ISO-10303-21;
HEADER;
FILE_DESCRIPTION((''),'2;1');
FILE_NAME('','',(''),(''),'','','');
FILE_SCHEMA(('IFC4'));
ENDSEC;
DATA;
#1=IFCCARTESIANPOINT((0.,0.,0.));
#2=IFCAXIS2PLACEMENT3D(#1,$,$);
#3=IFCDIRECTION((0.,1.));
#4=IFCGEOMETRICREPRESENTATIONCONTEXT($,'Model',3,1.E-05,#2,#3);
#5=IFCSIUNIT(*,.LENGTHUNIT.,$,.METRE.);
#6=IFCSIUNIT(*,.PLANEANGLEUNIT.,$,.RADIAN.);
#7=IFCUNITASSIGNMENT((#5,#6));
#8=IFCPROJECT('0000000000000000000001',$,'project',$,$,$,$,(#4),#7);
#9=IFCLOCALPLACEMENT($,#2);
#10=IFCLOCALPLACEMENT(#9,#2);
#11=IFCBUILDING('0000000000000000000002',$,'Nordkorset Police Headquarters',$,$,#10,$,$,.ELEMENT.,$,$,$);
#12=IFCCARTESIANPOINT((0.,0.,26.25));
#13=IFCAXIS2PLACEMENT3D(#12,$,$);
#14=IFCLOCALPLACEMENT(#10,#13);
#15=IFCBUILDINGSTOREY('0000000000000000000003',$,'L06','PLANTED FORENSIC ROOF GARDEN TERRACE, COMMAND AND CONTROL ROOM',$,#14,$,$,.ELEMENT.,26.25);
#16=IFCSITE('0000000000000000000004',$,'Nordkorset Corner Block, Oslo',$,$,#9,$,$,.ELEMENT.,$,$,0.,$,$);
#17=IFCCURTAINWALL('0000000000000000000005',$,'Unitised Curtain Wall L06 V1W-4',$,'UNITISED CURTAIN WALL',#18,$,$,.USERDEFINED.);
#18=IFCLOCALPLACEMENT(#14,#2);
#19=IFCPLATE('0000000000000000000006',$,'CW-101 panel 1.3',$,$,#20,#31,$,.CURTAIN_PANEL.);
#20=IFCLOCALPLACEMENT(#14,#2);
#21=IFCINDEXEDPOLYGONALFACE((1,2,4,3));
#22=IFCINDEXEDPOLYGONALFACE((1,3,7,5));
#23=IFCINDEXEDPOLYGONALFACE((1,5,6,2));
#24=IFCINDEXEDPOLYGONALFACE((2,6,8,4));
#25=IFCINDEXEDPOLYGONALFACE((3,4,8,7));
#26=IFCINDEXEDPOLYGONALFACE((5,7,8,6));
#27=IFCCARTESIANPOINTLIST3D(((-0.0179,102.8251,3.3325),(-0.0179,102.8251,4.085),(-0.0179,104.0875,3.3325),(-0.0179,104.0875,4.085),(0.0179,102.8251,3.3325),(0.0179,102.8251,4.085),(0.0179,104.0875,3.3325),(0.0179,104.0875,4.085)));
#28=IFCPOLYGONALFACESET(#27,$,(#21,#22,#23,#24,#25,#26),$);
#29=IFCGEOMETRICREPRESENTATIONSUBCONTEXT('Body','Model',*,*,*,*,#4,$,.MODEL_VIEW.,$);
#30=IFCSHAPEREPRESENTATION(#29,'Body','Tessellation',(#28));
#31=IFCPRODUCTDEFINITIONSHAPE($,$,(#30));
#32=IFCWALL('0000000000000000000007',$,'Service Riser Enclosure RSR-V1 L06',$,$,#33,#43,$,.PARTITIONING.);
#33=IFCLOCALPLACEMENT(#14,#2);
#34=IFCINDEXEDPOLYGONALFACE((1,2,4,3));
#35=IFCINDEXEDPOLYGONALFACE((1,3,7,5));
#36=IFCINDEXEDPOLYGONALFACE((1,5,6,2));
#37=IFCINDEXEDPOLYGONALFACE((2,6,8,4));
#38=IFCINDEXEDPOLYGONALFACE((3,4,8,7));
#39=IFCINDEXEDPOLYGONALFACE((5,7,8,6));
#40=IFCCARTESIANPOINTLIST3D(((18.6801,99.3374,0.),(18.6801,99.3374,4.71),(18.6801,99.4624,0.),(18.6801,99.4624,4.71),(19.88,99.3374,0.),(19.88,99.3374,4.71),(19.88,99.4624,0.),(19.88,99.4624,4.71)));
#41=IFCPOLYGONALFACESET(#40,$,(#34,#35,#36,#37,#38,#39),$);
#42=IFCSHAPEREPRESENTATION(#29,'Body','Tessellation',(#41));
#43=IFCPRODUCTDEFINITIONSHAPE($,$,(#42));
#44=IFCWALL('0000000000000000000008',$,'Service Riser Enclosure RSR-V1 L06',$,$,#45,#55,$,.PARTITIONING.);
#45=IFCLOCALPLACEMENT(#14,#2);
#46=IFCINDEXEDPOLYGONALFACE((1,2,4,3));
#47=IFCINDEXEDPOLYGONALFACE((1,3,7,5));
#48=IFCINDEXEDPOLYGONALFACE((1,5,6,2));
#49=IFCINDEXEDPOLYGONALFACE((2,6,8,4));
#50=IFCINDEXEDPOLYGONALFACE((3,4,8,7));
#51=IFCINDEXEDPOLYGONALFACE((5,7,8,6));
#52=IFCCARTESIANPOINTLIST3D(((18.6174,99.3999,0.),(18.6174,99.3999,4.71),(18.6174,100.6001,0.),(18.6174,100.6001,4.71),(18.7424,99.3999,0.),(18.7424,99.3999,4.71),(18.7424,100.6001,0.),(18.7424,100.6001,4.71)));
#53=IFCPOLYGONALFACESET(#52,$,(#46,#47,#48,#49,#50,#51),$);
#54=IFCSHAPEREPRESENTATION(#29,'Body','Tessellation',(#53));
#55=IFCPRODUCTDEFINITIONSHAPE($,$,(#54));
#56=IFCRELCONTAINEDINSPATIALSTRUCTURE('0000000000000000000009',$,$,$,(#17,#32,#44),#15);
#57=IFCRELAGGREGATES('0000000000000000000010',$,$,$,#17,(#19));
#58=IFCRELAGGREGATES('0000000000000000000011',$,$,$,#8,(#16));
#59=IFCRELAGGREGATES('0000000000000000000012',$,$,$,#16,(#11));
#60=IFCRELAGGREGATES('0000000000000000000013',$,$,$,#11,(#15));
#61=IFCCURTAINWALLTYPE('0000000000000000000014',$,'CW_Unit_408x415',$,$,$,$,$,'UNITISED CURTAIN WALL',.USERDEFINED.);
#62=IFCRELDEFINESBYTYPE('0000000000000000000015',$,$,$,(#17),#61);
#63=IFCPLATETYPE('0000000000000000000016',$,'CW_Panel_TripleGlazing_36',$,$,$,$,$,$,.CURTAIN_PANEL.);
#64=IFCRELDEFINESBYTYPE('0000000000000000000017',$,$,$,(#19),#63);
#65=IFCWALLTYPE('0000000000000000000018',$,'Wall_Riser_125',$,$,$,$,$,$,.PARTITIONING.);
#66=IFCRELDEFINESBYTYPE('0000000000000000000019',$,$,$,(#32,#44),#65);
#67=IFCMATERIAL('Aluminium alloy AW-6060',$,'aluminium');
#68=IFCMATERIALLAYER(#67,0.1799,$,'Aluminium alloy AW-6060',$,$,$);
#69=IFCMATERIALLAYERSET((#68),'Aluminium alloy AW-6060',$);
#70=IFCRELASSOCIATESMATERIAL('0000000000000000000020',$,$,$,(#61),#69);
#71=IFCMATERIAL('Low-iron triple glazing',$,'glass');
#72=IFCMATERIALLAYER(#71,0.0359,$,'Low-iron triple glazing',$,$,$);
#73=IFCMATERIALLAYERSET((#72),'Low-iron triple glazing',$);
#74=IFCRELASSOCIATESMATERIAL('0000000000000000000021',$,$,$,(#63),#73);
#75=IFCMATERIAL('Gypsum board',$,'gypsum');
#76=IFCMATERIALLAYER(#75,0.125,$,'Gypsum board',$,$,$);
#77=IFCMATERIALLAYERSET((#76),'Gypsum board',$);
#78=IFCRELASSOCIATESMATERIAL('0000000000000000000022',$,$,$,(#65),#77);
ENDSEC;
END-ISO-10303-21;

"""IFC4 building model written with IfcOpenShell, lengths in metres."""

from ifc_helpers import new_model, si_unit, direction, frame, frame_2d, origin, origin_2d, place, context, subcontext, project, spatial, rectangle, extrude, material, layer, layer_set, type_object, element, aggregate, save


model = new_model("IFC4")

# Units and contexts
model_context = context("Model", 3, precision=1e-05, world=origin(), true_north=direction((0.0, 1.0)))
body_context = subcontext(model_context, "Body", "Model", "MODEL_VIEW")
ifc_project = project(units=[si_unit("LENGTHUNIT", "METRE"), si_unit("PLANEANGLEUNIT", "RADIAN")], contexts=[model_context])

# Site, building, storey
site_placement = place(None, origin())
site = spatial("IfcSite", under=ifc_project, at=site_placement, Name="Nordkorset Corner Block, Oslo", CompositionType="ELEMENT", RefElevation=0.0)
building_placement = place(site_placement, origin())
building = spatial("IfcBuilding", under=site, at=building_placement, Name="Nordkorset Police Headquarters", CompositionType="ELEMENT")
storey_placement = place(building_placement, frame((0.0, 0.0, 26.25)))
storey = spatial("IfcBuildingStorey", under=building, at=storey_placement, Name="L06", Description="PLANTED FORENSIC ROOF GARDEN TERRACE, COMMAND AND CONTROL ROOM", CompositionType="ELEMENT", Elevation=26.25)

# Curtain wall
ifc_material_1 = material(Name="Aluminium alloy AW-6060", Category="aluminium")
ifc_layer_1 = layer(ifc_material_1, 0.1799, Name="Aluminium alloy AW-6060")
ifc_layer_set_1 = layer_set([ifc_layer_1], Name="Aluminium alloy AW-6060")
curtain_wall_type = type_object("IfcCurtainWallType", Name="CW_Unit_408x415", ElementType="UNITISED CURTAIN WALL", PredefinedType="USERDEFINED", material=ifc_layer_set_1)
curtain_wall_1_placement = place(storey_placement, origin())
curtain_wall_1 = element("IfcCurtainWall", 1, at=curtain_wall_1_placement, inside=storey, type_object=curtain_wall_type, Name="Unitised Curtain Wall L06 V1W-4", ObjectType="UNITISED CURTAIN WALL", PredefinedType="USERDEFINED")

# Plate
ifc_material_2 = material(Name="Low-iron triple glazing", Category="glass")
ifc_layer_2 = layer(ifc_material_2, 0.0359, Name="Low-iron triple glazing")
ifc_layer_set_2 = layer_set([ifc_layer_2], Name="Low-iron triple glazing")
plate_type = type_object("IfcPlateType", Name="CW_Panel_TripleGlazing_36", PredefinedType="CURTAIN_PANEL", material=ifc_layer_set_2)
plate_1_placement = place(storey_placement, frame((0.0, 103.4563, 3.3325), z_axis=(0.0, 0.0, 1.0), x_axis=(0.0, 1.0, 0.0)))
plate_1 = element("IfcPlate", 2, at=plate_1_placement, type_object=plate_type, Name="CW-101 panel 1.3", PredefinedType="CURTAIN_PANEL", context=body_context, shape_type="SweptSolid", body=[
    extrude(rectangle(XDim=1.2625, YDim=0.0359, at=origin_2d()), origin(), (0.0, 0.0, 1.0), 0.7524),
])
aggregate(curtain_wall_1, [plate_1])

# Walls
ifc_material_3 = material(Name="Gypsum board", Category="gypsum")
ifc_layer_3 = layer(ifc_material_3, 0.125, Name="Gypsum board")
ifc_layer_set_3 = layer_set([ifc_layer_3], Name="Gypsum board")
wall_type = type_object("IfcWallType", Name="Wall_Riser_125", PredefinedType="PARTITIONING", material=ifc_layer_set_3)
wall_1_placement = place(storey_placement, frame((18.6799, 99.3999, 0.0), z_axis=(0.0, 0.0, 1.0), x_axis=(1.0, 0.0, 0.0)))
element("IfcWall", 3, at=wall_1_placement, inside=storey, type_object=wall_type, Name="Service Riser Enclosure RSR-V1 L06", PredefinedType="PARTITIONING", context=body_context, shape_type="SweptSolid", body=[
    extrude(rectangle(XDim=1.2, YDim=0.125, at=frame_2d((0.6001, 0.0))), origin(), (0.0, 0.0, 1.0), 4.71),
])
wall_2_placement = place(storey_placement, frame((18.6799, 100.6001, 0.0), z_axis=(0.0, 0.0, 1.0), x_axis=(0.0, -1.0, 0.0)))
element("IfcWall", 4, at=wall_2_placement, inside=storey, type_object=wall_type, Name="Service Riser Enclosure RSR-V1 L06", PredefinedType="PARTITIONING", context=body_context, shape_type="SweptSolid", body=[
    extrude(rectangle(XDim=1.2002, YDim=0.125, at=frame_2d((0.6001, 0.0))), origin(), (0.0, 0.0, 1.0), 4.71),
])

save(model, "model.ifc")
